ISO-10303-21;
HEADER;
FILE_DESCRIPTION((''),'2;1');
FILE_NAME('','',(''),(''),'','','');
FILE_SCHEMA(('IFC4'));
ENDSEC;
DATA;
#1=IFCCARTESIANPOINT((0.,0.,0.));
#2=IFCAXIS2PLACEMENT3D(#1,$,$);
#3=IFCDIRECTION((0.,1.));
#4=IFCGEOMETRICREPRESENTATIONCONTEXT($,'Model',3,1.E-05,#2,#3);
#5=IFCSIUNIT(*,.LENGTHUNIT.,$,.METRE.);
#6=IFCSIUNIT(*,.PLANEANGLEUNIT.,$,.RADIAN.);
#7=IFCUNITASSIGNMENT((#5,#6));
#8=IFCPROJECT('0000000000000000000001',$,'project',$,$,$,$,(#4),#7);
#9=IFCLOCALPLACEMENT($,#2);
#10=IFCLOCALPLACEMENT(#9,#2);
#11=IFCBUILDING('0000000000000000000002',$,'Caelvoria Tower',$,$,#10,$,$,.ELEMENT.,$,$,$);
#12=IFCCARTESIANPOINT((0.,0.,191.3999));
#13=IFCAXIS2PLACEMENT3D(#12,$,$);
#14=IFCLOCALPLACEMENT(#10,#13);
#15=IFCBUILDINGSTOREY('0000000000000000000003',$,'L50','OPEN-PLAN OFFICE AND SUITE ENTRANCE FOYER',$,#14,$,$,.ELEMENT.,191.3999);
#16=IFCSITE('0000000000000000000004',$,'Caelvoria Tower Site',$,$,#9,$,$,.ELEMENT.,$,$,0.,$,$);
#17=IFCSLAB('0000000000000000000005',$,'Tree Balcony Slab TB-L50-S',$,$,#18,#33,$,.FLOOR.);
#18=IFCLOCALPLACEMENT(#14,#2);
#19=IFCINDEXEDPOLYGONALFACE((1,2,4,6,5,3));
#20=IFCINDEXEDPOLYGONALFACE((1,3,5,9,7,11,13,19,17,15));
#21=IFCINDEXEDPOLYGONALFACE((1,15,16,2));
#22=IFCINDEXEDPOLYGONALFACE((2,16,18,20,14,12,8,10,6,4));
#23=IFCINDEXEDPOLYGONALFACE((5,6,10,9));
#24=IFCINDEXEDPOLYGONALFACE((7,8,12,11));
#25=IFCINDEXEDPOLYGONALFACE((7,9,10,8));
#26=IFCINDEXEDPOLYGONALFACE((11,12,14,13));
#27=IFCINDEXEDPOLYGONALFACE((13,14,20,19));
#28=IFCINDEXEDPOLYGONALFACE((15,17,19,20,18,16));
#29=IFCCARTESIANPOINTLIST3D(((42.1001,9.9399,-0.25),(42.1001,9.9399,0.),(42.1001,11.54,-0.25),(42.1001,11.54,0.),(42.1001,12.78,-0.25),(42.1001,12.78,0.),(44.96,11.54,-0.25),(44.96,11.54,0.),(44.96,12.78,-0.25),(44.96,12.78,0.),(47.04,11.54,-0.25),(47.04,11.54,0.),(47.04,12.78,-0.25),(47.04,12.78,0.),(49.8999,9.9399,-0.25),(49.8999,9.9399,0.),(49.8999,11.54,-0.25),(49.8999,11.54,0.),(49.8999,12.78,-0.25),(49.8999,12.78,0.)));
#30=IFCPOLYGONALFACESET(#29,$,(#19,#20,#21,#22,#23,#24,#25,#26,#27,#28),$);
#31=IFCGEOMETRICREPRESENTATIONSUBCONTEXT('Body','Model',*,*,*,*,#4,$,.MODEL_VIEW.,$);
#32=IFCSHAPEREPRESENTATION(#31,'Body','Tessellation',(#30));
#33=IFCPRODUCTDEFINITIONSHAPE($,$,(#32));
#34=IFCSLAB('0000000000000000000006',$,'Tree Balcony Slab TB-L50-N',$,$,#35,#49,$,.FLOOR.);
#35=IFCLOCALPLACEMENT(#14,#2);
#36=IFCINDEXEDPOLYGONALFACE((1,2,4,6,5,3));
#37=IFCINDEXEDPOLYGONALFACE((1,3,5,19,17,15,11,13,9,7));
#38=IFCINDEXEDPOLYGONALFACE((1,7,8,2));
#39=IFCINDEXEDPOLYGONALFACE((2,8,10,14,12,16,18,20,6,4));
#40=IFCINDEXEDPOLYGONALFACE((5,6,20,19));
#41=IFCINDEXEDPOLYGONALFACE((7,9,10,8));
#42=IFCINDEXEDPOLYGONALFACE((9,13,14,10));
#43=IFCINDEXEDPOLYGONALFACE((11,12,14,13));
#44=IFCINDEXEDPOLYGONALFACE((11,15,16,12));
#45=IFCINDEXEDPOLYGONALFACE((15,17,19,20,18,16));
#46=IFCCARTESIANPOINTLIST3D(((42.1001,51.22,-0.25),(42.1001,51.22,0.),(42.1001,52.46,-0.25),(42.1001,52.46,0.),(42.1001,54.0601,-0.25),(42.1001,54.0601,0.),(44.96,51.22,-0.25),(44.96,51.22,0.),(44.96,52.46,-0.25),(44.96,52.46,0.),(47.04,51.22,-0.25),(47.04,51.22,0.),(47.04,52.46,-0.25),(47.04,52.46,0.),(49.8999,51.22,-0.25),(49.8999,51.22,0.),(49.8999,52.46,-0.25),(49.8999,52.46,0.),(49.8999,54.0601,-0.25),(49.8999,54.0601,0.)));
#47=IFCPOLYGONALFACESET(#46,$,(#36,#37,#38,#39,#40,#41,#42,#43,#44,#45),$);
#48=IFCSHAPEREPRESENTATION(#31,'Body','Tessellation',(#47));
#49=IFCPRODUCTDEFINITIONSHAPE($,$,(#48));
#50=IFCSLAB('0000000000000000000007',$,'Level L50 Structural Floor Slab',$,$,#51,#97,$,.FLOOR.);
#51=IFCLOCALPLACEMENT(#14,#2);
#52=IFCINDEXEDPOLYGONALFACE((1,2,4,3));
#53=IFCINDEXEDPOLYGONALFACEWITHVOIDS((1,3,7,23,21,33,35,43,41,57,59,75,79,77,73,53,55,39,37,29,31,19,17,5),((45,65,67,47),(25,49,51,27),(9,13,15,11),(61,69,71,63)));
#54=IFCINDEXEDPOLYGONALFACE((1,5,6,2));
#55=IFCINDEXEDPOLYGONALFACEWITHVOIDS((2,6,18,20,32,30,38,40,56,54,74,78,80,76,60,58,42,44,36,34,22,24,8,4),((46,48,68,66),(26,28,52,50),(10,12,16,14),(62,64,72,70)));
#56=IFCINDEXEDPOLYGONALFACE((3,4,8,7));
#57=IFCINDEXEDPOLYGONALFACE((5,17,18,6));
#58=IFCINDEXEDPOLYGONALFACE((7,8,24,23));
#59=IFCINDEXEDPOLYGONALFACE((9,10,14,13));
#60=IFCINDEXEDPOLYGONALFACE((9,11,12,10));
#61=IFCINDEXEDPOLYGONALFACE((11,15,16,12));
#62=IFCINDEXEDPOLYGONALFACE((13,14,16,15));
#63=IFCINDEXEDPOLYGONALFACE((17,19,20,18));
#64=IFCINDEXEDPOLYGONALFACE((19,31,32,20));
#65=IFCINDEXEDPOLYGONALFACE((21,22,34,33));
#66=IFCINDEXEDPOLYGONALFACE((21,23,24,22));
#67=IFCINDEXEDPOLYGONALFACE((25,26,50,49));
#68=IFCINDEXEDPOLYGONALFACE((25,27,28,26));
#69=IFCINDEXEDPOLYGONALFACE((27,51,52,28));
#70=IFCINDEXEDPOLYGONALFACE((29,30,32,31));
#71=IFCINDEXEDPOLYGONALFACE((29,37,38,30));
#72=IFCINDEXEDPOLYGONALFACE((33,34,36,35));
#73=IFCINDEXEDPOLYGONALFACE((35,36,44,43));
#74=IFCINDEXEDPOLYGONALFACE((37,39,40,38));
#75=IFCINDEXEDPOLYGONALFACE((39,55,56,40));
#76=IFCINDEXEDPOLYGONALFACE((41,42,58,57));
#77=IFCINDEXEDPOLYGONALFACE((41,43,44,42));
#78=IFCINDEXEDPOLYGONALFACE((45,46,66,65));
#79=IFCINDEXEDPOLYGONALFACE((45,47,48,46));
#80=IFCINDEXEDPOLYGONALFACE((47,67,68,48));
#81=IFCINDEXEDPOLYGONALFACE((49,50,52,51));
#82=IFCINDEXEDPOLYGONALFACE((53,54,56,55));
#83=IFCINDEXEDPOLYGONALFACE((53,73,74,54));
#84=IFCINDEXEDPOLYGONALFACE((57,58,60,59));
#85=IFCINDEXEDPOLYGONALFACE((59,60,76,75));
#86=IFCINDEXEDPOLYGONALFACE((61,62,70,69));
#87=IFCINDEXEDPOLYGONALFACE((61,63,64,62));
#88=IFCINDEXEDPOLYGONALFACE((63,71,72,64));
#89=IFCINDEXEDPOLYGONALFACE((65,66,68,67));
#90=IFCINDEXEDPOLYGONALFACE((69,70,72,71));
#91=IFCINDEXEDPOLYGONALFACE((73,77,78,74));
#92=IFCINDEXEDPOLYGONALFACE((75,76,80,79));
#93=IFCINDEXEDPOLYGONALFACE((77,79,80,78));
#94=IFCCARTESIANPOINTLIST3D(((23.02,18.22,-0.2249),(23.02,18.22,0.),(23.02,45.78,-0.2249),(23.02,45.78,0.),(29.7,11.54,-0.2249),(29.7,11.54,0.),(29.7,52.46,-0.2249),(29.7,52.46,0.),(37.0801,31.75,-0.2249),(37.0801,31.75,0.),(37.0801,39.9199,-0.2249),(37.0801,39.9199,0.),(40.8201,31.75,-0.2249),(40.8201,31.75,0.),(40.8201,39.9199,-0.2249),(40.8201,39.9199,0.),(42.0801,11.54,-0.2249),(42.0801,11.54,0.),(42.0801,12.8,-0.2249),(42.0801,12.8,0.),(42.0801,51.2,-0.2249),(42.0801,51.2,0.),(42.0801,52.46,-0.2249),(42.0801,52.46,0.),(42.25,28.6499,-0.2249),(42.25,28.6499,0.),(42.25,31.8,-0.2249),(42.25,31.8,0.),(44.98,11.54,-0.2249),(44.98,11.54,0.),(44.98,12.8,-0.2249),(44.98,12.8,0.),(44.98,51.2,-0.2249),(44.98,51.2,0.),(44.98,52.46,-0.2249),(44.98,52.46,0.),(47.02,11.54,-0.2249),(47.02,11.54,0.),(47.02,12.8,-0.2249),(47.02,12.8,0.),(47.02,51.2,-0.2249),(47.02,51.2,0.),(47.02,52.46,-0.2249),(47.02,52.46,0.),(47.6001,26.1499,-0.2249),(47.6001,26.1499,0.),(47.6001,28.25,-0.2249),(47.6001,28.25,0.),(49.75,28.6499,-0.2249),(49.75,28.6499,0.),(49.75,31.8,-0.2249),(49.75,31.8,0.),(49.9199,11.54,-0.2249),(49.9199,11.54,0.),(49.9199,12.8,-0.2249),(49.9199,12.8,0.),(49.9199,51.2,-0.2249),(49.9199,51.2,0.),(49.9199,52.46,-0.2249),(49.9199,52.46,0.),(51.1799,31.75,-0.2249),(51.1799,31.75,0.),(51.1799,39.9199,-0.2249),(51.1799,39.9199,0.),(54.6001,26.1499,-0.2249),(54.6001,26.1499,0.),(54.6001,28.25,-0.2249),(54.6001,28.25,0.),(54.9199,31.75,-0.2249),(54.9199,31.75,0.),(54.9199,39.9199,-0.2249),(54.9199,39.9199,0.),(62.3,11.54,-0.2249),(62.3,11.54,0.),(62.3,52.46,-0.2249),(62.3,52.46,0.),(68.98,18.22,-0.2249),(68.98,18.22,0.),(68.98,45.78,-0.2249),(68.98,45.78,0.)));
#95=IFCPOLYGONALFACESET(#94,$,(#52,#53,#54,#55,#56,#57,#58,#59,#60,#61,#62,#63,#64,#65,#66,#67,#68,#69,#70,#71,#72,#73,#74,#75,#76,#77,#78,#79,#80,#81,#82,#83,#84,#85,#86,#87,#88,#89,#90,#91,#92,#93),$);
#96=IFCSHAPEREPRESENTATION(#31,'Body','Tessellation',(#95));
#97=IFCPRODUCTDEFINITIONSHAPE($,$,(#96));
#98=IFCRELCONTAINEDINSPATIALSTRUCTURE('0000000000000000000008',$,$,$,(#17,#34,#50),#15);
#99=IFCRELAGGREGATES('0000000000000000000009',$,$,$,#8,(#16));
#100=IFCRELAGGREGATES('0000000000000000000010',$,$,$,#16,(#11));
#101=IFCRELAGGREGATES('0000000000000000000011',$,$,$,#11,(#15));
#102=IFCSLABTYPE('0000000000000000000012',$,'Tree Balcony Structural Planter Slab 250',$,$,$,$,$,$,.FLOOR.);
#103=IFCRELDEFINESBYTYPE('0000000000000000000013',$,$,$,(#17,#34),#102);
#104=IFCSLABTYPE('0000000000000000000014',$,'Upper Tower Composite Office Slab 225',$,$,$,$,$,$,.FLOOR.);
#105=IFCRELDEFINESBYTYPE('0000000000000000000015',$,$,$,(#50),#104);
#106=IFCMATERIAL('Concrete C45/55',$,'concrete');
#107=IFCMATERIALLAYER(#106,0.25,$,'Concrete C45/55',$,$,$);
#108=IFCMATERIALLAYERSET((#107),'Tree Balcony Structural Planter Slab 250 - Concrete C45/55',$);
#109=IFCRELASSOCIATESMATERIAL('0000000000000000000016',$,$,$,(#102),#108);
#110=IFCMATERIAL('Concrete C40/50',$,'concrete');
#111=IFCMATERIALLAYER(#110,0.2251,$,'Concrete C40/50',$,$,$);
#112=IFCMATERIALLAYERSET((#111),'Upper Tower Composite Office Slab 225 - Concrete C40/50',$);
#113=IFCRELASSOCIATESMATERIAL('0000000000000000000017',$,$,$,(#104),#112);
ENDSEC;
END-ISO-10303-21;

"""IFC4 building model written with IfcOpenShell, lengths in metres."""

from ifc_helpers import new_model, si_unit, direction, frame, origin, place, context, subcontext, project, spatial, polyline, outline, extrude, material, layer, layer_set, type_object, element, save


model = new_model("IFC4")

# Units and contexts
model_context = context("Model", 3, precision=1e-05, world=origin(), true_north=direction((0.0, 1.0)))
body_context = subcontext(model_context, "Body", "Model", "MODEL_VIEW")
ifc_project = project(units=[si_unit("LENGTHUNIT", "METRE"), si_unit("PLANEANGLEUNIT", "RADIAN")], contexts=[model_context])

# Site, building, storey
site_placement = place(None, origin())
site = spatial("IfcSite", under=ifc_project, at=site_placement, Name="Caelvoria Tower Site", CompositionType="ELEMENT", RefElevation=0.0)
building_placement = place(site_placement, origin())
building = spatial("IfcBuilding", under=site, at=building_placement, Name="Caelvoria Tower", CompositionType="ELEMENT")
storey_placement = place(building_placement, frame((0.0, 0.0, 191.3999)))
storey = spatial("IfcBuildingStorey", under=building, at=storey_placement, Name="L50", Description="OPEN-PLAN OFFICE AND SUITE ENTRANCE FOYER", CompositionType="ELEMENT", Elevation=191.3999)

# Shared definitions
ifc_material_1 = material(Name="Concrete C40/50", Category="concrete")

# Slabs
ifc_material_2 = material(Name="Concrete C45/55", Category="concrete")
ifc_layer_1 = layer(ifc_material_2, 0.25, Name="Concrete C45/55")
ifc_layer_set_1 = layer_set([ifc_layer_1], Name="Tree Balcony Structural Planter Slab 250 - Concrete C45/55")
slab_type_1 = type_object("IfcSlabType", Name="Tree Balcony Structural Planter Slab 250", PredefinedType="FLOOR", material=ifc_layer_set_1)
slab_1_placement = place(storey_placement, frame((0.0, 0.0, -0.25)))
element("IfcSlab", 1, at=slab_1_placement, inside=storey, type_object=slab_type_1, Name="Tree Balcony Slab TB-L50-S", PredefinedType="FLOOR", context=body_context, shape_type="SweptSolid", body=[
    extrude(outline(polyline([(49.8999, 11.54), (49.8999, 12.78), (47.04, 12.78), (47.04, 11.54), (44.96, 11.54), (44.96, 12.78), (42.1001, 12.78), (42.1001, 11.54), (42.1001, 9.9399), (49.8999, 9.9399), (49.8999, 11.54)])), origin(), (0.0, 0.0, 1.0), 0.25),
])
slab_2_placement = place(storey_placement, frame((0.0, 0.0, -0.25)))
element("IfcSlab", 2, at=slab_2_placement, inside=storey, type_object=slab_type_1, Name="Tree Balcony Slab TB-L50-N", PredefinedType="FLOOR", context=body_context, shape_type="SweptSolid", body=[
    extrude(outline(polyline([(42.1001, 54.0601), (42.1001, 52.46), (42.1001, 51.22), (44.96, 51.22), (44.96, 52.46), (47.04, 52.46), (47.04, 51.22), (49.8999, 51.22), (49.8999, 52.46), (49.8999, 54.0601), (42.1001, 54.0601)])), origin(), (0.0, 0.0, 1.0), 0.25),
])
ifc_layer_2 = layer(ifc_material_1, 0.2251, Name="Concrete C40/50")
ifc_layer_set_2 = layer_set([ifc_layer_2], Name="Upper Tower Composite Office Slab 225 - Concrete C40/50")
slab_type_2 = type_object("IfcSlabType", Name="Upper Tower Composite Office Slab 225", PredefinedType="FLOOR", material=ifc_layer_set_2)
slab_3_placement = place(storey_placement, frame((0.0, 0.0, -0.2249)))
element("IfcSlab", 3, at=slab_3_placement, inside=storey, type_object=slab_type_2, Name="Level L50 Structural Floor Slab", PredefinedType="FLOOR", context=body_context, shape_type="SweptSolid", body=[
    extrude(outline(polyline([(23.02, 45.78), (23.02, 18.22), (29.7, 11.54), (42.0801, 11.54), (42.0801, 12.8), (44.98, 12.8), (44.98, 11.54), (47.02, 11.54), (47.02, 12.8), (49.9199, 12.8), (49.9199, 11.54), (62.3, 11.54), (68.98, 18.22), (68.98, 45.78), (62.3, 52.46), (49.9199, 52.46), (49.9199, 51.2), (47.02, 51.2), (47.02, 52.46), (44.98, 52.46), (44.98, 51.2), (42.0801, 51.2), (42.0801, 52.46), (29.7, 52.46), (23.02, 45.78)]), holes=[polyline([(37.0801, 31.75), (40.8201, 31.75), (40.8201, 39.9199), (37.0801, 39.9199), (37.0801, 31.75)]), polyline([(51.1799, 31.75), (54.9199, 31.75), (54.9199, 39.9199), (51.1799, 39.9199), (51.1799, 31.75)]), polyline([(42.25, 28.6499), (49.75, 28.6499), (49.75, 31.8), (42.25, 31.8), (42.25, 28.6499)]), polyline([(47.6001, 26.1499), (54.6001, 26.1499), (54.6001, 28.25), (47.6001, 28.25), (47.6001, 26.1499)])]), origin(), (0.0, 0.0, 1.0), 0.2249),
])

save(model, "model.ifc")
